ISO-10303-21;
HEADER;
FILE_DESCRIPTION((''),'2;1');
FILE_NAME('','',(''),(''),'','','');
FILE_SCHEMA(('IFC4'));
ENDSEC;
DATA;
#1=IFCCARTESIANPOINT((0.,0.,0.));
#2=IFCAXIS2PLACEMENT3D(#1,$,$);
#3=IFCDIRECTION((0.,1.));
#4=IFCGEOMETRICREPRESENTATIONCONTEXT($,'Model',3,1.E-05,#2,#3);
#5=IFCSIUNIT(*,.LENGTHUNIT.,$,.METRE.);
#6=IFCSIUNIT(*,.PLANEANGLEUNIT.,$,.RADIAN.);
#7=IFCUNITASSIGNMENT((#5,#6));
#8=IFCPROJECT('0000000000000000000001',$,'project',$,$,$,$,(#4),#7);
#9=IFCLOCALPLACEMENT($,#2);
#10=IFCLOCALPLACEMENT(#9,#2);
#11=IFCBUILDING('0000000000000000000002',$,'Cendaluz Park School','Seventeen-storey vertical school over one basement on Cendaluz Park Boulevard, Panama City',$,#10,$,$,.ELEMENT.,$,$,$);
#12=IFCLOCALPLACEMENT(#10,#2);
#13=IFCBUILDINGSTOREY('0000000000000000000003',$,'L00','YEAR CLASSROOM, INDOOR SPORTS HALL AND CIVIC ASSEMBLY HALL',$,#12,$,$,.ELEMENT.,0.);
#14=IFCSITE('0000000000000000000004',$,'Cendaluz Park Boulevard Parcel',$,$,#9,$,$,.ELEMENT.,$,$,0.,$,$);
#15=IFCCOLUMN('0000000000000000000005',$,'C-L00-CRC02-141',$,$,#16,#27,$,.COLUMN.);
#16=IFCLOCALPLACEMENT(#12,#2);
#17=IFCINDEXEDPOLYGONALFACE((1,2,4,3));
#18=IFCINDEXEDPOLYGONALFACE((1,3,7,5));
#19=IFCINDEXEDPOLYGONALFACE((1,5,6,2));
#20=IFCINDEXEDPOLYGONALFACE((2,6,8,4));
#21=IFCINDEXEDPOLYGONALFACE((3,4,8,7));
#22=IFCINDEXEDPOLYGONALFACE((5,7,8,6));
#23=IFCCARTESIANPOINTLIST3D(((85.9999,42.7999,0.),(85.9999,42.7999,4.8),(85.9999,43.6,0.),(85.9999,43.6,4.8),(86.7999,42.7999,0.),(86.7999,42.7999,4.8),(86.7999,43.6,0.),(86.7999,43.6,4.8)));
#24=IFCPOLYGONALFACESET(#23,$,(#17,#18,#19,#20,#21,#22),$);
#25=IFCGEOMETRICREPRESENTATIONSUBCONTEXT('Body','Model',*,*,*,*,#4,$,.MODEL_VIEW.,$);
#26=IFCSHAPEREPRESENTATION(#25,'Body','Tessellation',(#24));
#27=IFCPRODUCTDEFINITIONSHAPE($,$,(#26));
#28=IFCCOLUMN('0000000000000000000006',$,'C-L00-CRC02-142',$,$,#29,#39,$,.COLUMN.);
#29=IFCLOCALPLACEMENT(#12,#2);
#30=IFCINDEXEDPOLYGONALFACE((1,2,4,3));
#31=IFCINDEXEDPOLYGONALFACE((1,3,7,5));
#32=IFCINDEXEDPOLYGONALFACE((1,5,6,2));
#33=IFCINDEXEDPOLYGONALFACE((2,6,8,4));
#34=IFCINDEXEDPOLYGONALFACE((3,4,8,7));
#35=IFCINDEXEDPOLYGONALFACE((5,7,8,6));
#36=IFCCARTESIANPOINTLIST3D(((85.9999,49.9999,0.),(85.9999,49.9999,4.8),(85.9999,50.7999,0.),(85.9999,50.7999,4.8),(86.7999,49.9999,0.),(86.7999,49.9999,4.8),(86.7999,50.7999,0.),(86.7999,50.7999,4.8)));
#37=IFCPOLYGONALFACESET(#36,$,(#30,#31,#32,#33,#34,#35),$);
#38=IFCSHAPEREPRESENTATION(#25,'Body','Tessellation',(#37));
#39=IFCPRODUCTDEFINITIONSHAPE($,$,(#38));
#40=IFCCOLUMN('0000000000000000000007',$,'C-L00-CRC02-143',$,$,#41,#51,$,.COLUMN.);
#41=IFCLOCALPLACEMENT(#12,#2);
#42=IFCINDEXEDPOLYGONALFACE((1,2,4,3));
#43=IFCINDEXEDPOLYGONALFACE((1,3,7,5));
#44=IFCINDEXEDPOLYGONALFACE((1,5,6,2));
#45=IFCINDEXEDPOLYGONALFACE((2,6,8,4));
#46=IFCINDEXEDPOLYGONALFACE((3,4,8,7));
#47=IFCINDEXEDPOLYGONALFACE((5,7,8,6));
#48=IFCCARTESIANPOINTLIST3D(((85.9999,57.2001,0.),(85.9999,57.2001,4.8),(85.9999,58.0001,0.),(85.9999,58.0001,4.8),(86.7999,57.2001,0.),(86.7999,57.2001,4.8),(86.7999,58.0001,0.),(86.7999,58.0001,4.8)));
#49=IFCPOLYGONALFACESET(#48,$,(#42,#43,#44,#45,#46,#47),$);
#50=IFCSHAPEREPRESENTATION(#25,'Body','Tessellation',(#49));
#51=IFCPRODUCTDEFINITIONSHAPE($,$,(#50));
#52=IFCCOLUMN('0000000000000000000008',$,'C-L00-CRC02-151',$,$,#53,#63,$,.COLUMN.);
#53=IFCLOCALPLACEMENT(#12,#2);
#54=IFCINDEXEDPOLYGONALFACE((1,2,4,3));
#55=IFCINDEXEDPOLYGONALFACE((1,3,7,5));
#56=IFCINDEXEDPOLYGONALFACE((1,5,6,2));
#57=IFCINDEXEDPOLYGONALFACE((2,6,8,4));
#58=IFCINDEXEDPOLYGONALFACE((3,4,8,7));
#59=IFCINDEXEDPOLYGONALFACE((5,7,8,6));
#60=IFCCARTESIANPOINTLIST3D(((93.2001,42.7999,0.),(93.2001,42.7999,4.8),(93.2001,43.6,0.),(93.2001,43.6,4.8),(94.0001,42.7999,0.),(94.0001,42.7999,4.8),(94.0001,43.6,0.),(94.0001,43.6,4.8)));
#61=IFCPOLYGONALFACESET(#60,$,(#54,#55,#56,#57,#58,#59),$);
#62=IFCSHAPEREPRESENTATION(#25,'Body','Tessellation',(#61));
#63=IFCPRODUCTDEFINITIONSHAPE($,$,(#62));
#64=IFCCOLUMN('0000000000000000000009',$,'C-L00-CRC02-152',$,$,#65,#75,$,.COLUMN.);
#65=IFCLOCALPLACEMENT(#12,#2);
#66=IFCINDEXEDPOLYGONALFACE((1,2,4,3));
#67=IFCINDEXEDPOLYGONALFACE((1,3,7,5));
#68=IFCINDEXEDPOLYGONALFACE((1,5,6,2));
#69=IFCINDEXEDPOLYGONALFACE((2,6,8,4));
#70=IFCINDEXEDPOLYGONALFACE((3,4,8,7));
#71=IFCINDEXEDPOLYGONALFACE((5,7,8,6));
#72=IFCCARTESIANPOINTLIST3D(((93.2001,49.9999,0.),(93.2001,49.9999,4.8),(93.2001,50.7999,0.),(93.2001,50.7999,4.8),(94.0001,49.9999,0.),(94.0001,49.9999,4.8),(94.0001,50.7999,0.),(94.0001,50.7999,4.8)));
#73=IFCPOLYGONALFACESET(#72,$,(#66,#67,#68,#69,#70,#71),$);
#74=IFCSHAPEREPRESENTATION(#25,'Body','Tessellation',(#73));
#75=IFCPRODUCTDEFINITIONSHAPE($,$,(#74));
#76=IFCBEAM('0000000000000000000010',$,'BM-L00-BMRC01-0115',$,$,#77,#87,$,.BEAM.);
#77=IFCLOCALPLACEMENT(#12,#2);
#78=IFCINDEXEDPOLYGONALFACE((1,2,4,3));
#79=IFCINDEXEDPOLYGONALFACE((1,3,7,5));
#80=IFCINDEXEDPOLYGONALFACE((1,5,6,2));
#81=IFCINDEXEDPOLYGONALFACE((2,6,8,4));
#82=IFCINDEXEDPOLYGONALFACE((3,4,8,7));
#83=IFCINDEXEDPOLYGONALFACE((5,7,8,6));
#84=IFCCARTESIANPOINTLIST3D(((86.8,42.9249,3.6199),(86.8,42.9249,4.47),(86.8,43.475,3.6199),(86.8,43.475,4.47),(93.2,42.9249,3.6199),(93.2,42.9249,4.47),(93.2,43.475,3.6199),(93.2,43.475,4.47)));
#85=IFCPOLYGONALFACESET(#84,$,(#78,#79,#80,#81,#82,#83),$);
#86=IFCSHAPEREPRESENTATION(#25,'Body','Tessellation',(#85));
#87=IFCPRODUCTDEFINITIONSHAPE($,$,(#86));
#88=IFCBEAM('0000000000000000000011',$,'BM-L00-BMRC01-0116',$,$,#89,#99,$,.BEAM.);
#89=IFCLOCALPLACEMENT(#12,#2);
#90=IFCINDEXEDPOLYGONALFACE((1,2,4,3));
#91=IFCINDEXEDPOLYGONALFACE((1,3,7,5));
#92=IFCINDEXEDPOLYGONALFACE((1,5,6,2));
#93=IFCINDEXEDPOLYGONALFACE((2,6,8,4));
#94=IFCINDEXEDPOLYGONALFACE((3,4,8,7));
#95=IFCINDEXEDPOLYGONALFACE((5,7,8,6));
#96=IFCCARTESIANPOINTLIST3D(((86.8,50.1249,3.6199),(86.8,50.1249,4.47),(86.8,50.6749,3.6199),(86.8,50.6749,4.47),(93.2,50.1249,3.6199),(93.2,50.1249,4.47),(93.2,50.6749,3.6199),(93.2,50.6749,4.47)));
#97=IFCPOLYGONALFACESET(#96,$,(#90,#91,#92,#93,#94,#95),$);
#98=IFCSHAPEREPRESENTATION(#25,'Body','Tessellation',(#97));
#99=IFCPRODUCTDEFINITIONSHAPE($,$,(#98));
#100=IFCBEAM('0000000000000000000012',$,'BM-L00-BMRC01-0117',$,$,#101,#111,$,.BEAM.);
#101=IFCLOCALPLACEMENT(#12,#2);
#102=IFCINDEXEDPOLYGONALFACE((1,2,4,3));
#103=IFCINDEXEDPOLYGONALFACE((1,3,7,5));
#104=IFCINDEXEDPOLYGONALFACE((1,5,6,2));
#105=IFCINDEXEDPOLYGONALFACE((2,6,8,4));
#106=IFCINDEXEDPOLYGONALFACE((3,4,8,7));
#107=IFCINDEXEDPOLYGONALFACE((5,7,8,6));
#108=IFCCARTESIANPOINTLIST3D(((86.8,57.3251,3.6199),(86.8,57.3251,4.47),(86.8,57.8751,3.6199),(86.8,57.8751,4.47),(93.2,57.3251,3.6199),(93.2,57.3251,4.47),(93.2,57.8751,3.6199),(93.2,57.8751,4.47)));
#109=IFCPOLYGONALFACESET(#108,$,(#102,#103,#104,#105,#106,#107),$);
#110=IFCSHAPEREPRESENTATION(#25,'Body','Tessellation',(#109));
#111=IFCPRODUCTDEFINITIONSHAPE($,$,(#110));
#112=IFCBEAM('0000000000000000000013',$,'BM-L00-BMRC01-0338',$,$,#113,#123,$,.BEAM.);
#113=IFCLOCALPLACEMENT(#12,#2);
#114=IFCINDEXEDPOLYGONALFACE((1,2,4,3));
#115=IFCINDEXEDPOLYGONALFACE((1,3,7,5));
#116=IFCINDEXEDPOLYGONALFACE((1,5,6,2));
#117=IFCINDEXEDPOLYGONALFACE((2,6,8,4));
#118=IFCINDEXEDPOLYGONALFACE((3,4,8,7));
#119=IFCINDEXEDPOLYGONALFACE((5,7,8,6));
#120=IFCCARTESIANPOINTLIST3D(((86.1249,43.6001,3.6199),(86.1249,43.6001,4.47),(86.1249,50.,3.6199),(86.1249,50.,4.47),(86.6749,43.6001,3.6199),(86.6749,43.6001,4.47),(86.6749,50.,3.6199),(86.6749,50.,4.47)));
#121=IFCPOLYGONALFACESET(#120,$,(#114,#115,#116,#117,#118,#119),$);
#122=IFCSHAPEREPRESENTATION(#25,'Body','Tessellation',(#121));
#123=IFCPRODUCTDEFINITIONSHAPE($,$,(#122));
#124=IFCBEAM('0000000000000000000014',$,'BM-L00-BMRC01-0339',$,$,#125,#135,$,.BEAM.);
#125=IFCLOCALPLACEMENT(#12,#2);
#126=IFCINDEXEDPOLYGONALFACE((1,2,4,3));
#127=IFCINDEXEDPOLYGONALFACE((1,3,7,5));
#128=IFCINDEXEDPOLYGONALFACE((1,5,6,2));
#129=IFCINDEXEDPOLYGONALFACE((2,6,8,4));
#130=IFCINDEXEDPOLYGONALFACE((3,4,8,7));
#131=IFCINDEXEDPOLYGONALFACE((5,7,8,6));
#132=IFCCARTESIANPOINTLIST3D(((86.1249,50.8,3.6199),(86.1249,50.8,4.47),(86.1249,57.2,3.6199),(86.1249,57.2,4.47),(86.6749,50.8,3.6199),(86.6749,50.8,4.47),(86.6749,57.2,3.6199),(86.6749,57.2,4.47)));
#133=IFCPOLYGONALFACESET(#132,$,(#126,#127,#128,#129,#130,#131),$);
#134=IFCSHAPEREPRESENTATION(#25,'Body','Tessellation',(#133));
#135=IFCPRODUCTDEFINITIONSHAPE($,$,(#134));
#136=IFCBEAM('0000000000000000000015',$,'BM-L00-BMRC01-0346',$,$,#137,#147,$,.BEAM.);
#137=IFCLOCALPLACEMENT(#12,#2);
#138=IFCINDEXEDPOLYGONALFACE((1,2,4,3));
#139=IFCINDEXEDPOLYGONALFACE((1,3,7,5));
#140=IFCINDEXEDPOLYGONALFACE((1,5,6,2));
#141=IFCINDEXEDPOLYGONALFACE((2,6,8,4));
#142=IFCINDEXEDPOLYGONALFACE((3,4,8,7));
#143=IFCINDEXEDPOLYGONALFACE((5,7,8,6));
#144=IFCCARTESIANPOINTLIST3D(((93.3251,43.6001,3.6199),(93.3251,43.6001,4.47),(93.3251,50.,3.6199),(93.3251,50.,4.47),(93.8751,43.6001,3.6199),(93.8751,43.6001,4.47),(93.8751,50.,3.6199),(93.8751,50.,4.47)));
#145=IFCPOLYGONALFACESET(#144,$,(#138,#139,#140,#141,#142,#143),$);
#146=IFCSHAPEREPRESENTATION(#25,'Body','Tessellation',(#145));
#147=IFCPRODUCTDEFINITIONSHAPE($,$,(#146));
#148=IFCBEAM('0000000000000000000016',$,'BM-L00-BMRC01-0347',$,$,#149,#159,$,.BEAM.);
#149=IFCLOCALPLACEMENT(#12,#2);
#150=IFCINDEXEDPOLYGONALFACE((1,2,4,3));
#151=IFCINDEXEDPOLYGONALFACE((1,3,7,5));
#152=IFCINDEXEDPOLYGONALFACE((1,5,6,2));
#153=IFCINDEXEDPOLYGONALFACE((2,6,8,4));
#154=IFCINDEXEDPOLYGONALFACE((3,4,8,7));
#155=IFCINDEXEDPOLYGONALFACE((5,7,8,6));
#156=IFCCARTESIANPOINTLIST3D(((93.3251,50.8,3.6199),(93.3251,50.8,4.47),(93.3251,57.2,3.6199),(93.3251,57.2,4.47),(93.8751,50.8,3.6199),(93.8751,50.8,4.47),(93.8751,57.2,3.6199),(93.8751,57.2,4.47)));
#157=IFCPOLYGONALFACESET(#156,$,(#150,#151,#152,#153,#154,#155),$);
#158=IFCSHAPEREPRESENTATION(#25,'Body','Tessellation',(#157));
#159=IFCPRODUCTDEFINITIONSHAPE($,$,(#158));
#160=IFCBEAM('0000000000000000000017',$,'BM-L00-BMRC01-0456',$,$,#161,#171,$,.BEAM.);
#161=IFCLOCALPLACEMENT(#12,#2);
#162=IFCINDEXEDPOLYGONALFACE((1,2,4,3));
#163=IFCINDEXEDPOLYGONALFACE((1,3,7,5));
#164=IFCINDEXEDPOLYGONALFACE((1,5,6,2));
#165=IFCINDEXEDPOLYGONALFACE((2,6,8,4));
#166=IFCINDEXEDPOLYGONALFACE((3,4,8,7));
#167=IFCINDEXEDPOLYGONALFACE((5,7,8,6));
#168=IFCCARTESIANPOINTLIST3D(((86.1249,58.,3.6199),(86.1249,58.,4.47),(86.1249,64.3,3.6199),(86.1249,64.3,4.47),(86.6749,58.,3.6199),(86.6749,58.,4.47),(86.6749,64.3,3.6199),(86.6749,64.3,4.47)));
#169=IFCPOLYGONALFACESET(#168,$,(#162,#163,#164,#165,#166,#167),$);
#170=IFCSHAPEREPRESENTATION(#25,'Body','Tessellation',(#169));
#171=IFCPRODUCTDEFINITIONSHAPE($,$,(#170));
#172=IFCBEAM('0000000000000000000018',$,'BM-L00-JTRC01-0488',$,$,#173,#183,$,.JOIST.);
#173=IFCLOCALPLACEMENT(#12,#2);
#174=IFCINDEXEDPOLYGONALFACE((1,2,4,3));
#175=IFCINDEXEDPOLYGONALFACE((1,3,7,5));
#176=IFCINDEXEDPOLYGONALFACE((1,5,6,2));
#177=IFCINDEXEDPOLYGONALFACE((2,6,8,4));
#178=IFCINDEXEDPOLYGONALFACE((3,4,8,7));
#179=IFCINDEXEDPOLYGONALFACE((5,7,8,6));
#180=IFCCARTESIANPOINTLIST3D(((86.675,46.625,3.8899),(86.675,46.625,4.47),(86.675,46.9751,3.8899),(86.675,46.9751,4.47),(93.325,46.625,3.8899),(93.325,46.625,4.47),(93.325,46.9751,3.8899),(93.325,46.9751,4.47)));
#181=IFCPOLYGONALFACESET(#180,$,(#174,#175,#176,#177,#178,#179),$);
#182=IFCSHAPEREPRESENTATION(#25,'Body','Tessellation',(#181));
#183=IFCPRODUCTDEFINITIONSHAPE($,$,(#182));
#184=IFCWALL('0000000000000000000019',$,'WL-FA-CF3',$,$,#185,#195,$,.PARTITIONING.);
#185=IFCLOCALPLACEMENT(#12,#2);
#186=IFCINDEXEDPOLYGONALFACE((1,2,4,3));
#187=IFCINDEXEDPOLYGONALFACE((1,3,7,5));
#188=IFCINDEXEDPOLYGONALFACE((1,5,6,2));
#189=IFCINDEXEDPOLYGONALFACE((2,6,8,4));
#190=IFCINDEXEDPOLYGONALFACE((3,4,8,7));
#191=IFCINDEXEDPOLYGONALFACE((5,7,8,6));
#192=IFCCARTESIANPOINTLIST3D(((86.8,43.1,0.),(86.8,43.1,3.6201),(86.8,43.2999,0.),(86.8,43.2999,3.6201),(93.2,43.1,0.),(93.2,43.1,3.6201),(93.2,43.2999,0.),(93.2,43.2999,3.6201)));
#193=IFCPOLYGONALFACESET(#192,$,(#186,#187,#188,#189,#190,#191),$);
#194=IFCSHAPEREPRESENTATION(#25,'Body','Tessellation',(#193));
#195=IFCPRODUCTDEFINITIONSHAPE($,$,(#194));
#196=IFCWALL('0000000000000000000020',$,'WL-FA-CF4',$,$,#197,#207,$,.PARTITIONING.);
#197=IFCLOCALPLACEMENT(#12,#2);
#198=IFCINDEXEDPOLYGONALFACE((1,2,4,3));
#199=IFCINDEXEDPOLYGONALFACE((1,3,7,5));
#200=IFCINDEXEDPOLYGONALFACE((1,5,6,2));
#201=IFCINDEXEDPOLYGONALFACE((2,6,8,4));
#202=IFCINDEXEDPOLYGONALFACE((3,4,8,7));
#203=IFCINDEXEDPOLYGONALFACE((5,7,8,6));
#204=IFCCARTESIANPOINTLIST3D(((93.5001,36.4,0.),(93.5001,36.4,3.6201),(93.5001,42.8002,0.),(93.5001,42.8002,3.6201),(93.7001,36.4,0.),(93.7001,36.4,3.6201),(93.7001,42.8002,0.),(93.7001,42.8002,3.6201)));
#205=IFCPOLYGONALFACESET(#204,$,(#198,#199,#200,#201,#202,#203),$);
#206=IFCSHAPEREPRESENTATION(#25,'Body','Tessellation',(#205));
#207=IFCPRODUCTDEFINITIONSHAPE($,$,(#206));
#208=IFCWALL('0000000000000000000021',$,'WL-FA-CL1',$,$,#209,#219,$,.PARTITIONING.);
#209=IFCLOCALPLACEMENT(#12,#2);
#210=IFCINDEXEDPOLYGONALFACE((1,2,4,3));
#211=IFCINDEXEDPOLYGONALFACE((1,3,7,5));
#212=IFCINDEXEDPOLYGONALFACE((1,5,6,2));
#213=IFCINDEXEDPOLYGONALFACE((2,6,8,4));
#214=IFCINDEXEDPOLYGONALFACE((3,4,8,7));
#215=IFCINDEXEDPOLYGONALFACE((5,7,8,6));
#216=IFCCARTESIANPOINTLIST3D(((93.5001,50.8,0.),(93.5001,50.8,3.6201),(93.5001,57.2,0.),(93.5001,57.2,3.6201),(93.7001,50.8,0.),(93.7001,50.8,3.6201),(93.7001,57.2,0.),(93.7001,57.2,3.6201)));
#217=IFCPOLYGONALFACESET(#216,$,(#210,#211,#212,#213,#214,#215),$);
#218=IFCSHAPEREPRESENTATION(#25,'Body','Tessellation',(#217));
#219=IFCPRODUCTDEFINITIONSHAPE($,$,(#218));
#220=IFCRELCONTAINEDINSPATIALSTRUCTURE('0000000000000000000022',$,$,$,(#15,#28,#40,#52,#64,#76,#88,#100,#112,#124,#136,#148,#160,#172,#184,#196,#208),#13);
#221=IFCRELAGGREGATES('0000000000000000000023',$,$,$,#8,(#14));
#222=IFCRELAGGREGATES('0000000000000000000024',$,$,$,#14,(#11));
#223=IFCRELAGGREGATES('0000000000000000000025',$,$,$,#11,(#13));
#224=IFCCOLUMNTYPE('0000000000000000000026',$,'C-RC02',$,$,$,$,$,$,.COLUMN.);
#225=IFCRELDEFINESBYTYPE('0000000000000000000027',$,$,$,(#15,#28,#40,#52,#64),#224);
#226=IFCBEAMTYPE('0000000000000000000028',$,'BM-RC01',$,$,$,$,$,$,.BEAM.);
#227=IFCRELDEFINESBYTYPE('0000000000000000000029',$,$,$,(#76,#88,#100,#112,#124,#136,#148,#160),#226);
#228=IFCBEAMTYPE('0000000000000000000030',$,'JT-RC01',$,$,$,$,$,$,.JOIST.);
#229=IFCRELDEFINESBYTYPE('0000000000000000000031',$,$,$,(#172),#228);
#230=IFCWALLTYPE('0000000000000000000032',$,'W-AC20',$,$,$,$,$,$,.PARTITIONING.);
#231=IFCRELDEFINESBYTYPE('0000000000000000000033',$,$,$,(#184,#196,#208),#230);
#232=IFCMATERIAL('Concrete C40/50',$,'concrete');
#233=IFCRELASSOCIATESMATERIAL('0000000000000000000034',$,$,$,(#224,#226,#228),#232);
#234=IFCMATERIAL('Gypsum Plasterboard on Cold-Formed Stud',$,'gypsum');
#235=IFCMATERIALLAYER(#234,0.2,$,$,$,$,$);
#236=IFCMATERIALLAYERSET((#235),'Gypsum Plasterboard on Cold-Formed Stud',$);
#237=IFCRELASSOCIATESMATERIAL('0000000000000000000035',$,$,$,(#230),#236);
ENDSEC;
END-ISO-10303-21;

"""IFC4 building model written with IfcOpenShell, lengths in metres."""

from ifc_helpers import new_model, si_unit, direction, frame, frame_2d, origin, origin_2d, place, context, subcontext, project, spatial, rectangle, extrude, material, layer, layer_set, material_profile, profile_set, type_object, element, save


model = new_model("IFC4")

# Units and contexts
model_context = context("Model", 3, precision=1e-05, world=origin(), true_north=direction((0.0, 1.0)))
body_context = subcontext(model_context, "Body", "Model", "MODEL_VIEW")
ifc_project = project(units=[si_unit("LENGTHUNIT", "METRE"), si_unit("PLANEANGLEUNIT", "RADIAN")], contexts=[model_context])

# Site, building, storey
site_placement = place(None, origin())
site = spatial("IfcSite", under=ifc_project, at=site_placement, Name="Cendaluz Park Boulevard Parcel", CompositionType="ELEMENT", RefElevation=0.0)
building_placement = place(site_placement, origin())
building = spatial("IfcBuilding", under=site, at=building_placement, Name="Cendaluz Park School", Description="Seventeen-storey vertical school over one basement on Cendaluz Park Boulevard, Panama City", CompositionType="ELEMENT")
storey_placement = place(building_placement, origin())
storey = spatial("IfcBuildingStorey", under=building, at=storey_placement, Name="L00", Description="YEAR CLASSROOM, INDOOR SPORTS HALL AND CIVIC ASSEMBLY HALL", CompositionType="ELEMENT", Elevation=0.0)

# Columns
ifc_material_1 = material(Name="Concrete C40/50", Category="concrete")
ifc_material_profile_1 = material_profile(ifc_material_1, rectangle(XDim=0.8, YDim=0.8, at=origin_2d()), Name="RC 800x800", Category="concrete")
ifc_profile_set_1 = profile_set([ifc_material_profile_1], Name="Concrete C40/50")
column_type = type_object("IfcColumnType", Name="C-RC02", PredefinedType="COLUMN", material=ifc_profile_set_1)
for number, where, z_axis, x_axis, name in (
    (1, (86.3999, 43.2, 0.0), (0.0, 0.0, 1.0), (1.0, 0.0, 0.0), "C-L00-CRC02-141"),
    (2, (86.3999, 50.3999, 0.0), (0.0, 0.0, 1.0), (1.0, 0.0, 0.0), "C-L00-CRC02-142"),
    (3, (86.3999, 57.6001, 0.0), (0.0, 0.0, 1.0), (1.0, 0.0, 0.0), "C-L00-CRC02-143"),
    (4, (93.6001, 43.2, 0.0), (0.0, 0.0, 1.0), (1.0, 0.0, 0.0), "C-L00-CRC02-151"),
    (5, (93.6001, 50.3999, 0.0), (0.0, 0.0, 1.0), (1.0, 0.0, 0.0), "C-L00-CRC02-152"),
):
    element("IfcColumn", number, at=place(storey_placement, frame(where, z_axis=z_axis, x_axis=x_axis)), inside=storey, type_object=column_type, Name=name, PredefinedType="COLUMN", context=body_context, shape_type="SweptSolid", body=[
        extrude(rectangle(XDim=0.8, YDim=0.8, at=origin_2d()), origin(), (0.0, 0.0, 1.0), 4.8),
    ])

# Beams
ifc_material_profile_2 = material_profile(ifc_material_1, rectangle(XDim=0.55, YDim=0.8501, at=origin_2d()), Name="RC 550x850", Category="concrete")
ifc_profile_set_2 = profile_set([ifc_material_profile_2], Name="Concrete C40/50")
beam_type_1 = type_object("IfcBeamType", Name="BM-RC01", PredefinedType="BEAM", material=ifc_profile_set_2)
for number, where, z_axis, x_axis, name in (
    (6, (86.8, 43.2, 4.0449), (1.0, 0.0, 0.0), (0.0, 1.0, 0.0), "BM-L00-BMRC01-0115"),
    (7, (86.8, 50.3999, 4.0449), (1.0, 0.0, 0.0), (0.0, 1.0, 0.0), "BM-L00-BMRC01-0116"),
    (8, (86.8, 57.6001, 4.0449), (1.0, 0.0, 0.0), (0.0, 1.0, 0.0), "BM-L00-BMRC01-0117"),
    (9, (86.3999, 43.6001, 4.0449), (0.0, 1.0, 0.0), (-1.0, 0.0, 0.0), "BM-L00-BMRC01-0338"),
    (10, (86.3999, 50.8, 4.0449), (0.0, 1.0, 0.0), (-1.0, 0.0, 0.0), "BM-L00-BMRC01-0339"),
    (11, (93.6001, 43.6001, 4.0449), (0.0, 1.0, 0.0), (-1.0, 0.0, 0.0), "BM-L00-BMRC01-0346"),
    (12, (93.6001, 50.8, 4.0449), (0.0, 1.0, 0.0), (-1.0, 0.0, 0.0), "BM-L00-BMRC01-0347"),
):
    element("IfcBeam", number, at=place(storey_placement, frame(where, z_axis=z_axis, x_axis=x_axis)), inside=storey, type_object=beam_type_1, Name=name, PredefinedType="BEAM", context=body_context, shape_type="SweptSolid", body=[
        extrude(rectangle(XDim=0.55, YDim=0.8501, at=origin_2d()), origin(), (0.0, 0.0, 1.0), 6.3999),
    ])
beam_1_placement = place(storey_placement, frame((86.3999, 58.0, 4.0449), z_axis=(0.0, 1.0, 0.0), x_axis=(-1.0, 0.0, 0.0)))
element("IfcBeam", 13, at=beam_1_placement, inside=storey, type_object=beam_type_1, Name="BM-L00-BMRC01-0456", PredefinedType="BEAM", context=body_context, shape_type="SweptSolid", body=[
    extrude(rectangle(XDim=0.55, YDim=0.8501, at=origin_2d()), origin(), (0.0, 0.0, 1.0), 6.3),
])
ifc_material_profile_3 = material_profile(ifc_material_1, rectangle(XDim=0.3501, YDim=0.5801, at=origin_2d()), Name="RC 350x580", Category="concrete")
ifc_profile_set_3 = profile_set([ifc_material_profile_3], Name="Concrete C40/50")
beam_type_2 = type_object("IfcBeamType", Name="JT-RC01", PredefinedType="JOIST", material=ifc_profile_set_3)
beam_2_placement = place(storey_placement, frame((86.675, 46.8, 4.1799), z_axis=(1.0, 0.0, 0.0), x_axis=(0.0, 1.0, 0.0)))
element("IfcBeam", 14, at=beam_2_placement, inside=storey, type_object=beam_type_2, Name="BM-L00-JTRC01-0488", PredefinedType="JOIST", context=body_context, shape_type="SweptSolid", body=[
    extrude(rectangle(XDim=0.3501, YDim=0.5801, at=origin_2d()), origin(), (0.0, 0.0, 1.0), 6.6499),
])

# Walls
ifc_material_2 = material(Name="Gypsum Plasterboard on Cold-Formed Stud", Category="gypsum")
ifc_layer_1 = layer(ifc_material_2, 0.2)
ifc_layer_set_1 = layer_set([ifc_layer_1], Name="Gypsum Plasterboard on Cold-Formed Stud")
wall_type_1 = type_object("IfcWallType", Name="W-AC20", PredefinedType="PARTITIONING", material=ifc_layer_set_1)
wall_1_placement = place(storey_placement, frame((86.8, 43.2, 0.0), z_axis=(0.0, 0.0, 1.0), x_axis=(1.0, 0.0, 0.0)))
element("IfcWall", 15, at=wall_1_placement, inside=storey, type_object=wall_type_1, Name="WL-FA-CF3", PredefinedType="PARTITIONING", context=body_context, shape_type="SweptSolid", body=[
    extrude(rectangle(XDim=6.3999, YDim=0.2, at=frame_2d((3.2, 0.0))), origin(), (0.0, 0.0, 1.0), 3.6201),
])
wall_2_placement = place(storey_placement, frame((93.6001, 36.3999, 0.0), z_axis=(0.0, 0.0, 1.0), x_axis=(0.0, 1.0, 0.0)))
element("IfcWall", 16, at=wall_2_placement, inside=storey, type_object=wall_type_1, Name="WL-FA-CF4", PredefinedType="PARTITIONING", context=body_context, shape_type="SweptSolid", body=[
    extrude(rectangle(XDim=6.4001, YDim=0.2, at=frame_2d((3.2002, 0.0))), origin(), (0.0, 0.0, 1.0), 3.6201),
])
wall_3_placement = place(storey_placement, frame((93.6001, 50.8, 0.0), z_axis=(0.0, 0.0, 1.0), x_axis=(0.0, 1.0, 0.0)))
element("IfcWall", 17, at=wall_3_placement, inside=storey, type_object=wall_type_1, Name="WL-FA-CL1", PredefinedType="PARTITIONING", context=body_context, shape_type="SweptSolid", body=[
    extrude(rectangle(XDim=6.3999, YDim=0.2, at=frame_2d((3.2, 0.0))), origin(), (0.0, 0.0, 1.0), 3.6201),
])

save(model, "model.ifc")
